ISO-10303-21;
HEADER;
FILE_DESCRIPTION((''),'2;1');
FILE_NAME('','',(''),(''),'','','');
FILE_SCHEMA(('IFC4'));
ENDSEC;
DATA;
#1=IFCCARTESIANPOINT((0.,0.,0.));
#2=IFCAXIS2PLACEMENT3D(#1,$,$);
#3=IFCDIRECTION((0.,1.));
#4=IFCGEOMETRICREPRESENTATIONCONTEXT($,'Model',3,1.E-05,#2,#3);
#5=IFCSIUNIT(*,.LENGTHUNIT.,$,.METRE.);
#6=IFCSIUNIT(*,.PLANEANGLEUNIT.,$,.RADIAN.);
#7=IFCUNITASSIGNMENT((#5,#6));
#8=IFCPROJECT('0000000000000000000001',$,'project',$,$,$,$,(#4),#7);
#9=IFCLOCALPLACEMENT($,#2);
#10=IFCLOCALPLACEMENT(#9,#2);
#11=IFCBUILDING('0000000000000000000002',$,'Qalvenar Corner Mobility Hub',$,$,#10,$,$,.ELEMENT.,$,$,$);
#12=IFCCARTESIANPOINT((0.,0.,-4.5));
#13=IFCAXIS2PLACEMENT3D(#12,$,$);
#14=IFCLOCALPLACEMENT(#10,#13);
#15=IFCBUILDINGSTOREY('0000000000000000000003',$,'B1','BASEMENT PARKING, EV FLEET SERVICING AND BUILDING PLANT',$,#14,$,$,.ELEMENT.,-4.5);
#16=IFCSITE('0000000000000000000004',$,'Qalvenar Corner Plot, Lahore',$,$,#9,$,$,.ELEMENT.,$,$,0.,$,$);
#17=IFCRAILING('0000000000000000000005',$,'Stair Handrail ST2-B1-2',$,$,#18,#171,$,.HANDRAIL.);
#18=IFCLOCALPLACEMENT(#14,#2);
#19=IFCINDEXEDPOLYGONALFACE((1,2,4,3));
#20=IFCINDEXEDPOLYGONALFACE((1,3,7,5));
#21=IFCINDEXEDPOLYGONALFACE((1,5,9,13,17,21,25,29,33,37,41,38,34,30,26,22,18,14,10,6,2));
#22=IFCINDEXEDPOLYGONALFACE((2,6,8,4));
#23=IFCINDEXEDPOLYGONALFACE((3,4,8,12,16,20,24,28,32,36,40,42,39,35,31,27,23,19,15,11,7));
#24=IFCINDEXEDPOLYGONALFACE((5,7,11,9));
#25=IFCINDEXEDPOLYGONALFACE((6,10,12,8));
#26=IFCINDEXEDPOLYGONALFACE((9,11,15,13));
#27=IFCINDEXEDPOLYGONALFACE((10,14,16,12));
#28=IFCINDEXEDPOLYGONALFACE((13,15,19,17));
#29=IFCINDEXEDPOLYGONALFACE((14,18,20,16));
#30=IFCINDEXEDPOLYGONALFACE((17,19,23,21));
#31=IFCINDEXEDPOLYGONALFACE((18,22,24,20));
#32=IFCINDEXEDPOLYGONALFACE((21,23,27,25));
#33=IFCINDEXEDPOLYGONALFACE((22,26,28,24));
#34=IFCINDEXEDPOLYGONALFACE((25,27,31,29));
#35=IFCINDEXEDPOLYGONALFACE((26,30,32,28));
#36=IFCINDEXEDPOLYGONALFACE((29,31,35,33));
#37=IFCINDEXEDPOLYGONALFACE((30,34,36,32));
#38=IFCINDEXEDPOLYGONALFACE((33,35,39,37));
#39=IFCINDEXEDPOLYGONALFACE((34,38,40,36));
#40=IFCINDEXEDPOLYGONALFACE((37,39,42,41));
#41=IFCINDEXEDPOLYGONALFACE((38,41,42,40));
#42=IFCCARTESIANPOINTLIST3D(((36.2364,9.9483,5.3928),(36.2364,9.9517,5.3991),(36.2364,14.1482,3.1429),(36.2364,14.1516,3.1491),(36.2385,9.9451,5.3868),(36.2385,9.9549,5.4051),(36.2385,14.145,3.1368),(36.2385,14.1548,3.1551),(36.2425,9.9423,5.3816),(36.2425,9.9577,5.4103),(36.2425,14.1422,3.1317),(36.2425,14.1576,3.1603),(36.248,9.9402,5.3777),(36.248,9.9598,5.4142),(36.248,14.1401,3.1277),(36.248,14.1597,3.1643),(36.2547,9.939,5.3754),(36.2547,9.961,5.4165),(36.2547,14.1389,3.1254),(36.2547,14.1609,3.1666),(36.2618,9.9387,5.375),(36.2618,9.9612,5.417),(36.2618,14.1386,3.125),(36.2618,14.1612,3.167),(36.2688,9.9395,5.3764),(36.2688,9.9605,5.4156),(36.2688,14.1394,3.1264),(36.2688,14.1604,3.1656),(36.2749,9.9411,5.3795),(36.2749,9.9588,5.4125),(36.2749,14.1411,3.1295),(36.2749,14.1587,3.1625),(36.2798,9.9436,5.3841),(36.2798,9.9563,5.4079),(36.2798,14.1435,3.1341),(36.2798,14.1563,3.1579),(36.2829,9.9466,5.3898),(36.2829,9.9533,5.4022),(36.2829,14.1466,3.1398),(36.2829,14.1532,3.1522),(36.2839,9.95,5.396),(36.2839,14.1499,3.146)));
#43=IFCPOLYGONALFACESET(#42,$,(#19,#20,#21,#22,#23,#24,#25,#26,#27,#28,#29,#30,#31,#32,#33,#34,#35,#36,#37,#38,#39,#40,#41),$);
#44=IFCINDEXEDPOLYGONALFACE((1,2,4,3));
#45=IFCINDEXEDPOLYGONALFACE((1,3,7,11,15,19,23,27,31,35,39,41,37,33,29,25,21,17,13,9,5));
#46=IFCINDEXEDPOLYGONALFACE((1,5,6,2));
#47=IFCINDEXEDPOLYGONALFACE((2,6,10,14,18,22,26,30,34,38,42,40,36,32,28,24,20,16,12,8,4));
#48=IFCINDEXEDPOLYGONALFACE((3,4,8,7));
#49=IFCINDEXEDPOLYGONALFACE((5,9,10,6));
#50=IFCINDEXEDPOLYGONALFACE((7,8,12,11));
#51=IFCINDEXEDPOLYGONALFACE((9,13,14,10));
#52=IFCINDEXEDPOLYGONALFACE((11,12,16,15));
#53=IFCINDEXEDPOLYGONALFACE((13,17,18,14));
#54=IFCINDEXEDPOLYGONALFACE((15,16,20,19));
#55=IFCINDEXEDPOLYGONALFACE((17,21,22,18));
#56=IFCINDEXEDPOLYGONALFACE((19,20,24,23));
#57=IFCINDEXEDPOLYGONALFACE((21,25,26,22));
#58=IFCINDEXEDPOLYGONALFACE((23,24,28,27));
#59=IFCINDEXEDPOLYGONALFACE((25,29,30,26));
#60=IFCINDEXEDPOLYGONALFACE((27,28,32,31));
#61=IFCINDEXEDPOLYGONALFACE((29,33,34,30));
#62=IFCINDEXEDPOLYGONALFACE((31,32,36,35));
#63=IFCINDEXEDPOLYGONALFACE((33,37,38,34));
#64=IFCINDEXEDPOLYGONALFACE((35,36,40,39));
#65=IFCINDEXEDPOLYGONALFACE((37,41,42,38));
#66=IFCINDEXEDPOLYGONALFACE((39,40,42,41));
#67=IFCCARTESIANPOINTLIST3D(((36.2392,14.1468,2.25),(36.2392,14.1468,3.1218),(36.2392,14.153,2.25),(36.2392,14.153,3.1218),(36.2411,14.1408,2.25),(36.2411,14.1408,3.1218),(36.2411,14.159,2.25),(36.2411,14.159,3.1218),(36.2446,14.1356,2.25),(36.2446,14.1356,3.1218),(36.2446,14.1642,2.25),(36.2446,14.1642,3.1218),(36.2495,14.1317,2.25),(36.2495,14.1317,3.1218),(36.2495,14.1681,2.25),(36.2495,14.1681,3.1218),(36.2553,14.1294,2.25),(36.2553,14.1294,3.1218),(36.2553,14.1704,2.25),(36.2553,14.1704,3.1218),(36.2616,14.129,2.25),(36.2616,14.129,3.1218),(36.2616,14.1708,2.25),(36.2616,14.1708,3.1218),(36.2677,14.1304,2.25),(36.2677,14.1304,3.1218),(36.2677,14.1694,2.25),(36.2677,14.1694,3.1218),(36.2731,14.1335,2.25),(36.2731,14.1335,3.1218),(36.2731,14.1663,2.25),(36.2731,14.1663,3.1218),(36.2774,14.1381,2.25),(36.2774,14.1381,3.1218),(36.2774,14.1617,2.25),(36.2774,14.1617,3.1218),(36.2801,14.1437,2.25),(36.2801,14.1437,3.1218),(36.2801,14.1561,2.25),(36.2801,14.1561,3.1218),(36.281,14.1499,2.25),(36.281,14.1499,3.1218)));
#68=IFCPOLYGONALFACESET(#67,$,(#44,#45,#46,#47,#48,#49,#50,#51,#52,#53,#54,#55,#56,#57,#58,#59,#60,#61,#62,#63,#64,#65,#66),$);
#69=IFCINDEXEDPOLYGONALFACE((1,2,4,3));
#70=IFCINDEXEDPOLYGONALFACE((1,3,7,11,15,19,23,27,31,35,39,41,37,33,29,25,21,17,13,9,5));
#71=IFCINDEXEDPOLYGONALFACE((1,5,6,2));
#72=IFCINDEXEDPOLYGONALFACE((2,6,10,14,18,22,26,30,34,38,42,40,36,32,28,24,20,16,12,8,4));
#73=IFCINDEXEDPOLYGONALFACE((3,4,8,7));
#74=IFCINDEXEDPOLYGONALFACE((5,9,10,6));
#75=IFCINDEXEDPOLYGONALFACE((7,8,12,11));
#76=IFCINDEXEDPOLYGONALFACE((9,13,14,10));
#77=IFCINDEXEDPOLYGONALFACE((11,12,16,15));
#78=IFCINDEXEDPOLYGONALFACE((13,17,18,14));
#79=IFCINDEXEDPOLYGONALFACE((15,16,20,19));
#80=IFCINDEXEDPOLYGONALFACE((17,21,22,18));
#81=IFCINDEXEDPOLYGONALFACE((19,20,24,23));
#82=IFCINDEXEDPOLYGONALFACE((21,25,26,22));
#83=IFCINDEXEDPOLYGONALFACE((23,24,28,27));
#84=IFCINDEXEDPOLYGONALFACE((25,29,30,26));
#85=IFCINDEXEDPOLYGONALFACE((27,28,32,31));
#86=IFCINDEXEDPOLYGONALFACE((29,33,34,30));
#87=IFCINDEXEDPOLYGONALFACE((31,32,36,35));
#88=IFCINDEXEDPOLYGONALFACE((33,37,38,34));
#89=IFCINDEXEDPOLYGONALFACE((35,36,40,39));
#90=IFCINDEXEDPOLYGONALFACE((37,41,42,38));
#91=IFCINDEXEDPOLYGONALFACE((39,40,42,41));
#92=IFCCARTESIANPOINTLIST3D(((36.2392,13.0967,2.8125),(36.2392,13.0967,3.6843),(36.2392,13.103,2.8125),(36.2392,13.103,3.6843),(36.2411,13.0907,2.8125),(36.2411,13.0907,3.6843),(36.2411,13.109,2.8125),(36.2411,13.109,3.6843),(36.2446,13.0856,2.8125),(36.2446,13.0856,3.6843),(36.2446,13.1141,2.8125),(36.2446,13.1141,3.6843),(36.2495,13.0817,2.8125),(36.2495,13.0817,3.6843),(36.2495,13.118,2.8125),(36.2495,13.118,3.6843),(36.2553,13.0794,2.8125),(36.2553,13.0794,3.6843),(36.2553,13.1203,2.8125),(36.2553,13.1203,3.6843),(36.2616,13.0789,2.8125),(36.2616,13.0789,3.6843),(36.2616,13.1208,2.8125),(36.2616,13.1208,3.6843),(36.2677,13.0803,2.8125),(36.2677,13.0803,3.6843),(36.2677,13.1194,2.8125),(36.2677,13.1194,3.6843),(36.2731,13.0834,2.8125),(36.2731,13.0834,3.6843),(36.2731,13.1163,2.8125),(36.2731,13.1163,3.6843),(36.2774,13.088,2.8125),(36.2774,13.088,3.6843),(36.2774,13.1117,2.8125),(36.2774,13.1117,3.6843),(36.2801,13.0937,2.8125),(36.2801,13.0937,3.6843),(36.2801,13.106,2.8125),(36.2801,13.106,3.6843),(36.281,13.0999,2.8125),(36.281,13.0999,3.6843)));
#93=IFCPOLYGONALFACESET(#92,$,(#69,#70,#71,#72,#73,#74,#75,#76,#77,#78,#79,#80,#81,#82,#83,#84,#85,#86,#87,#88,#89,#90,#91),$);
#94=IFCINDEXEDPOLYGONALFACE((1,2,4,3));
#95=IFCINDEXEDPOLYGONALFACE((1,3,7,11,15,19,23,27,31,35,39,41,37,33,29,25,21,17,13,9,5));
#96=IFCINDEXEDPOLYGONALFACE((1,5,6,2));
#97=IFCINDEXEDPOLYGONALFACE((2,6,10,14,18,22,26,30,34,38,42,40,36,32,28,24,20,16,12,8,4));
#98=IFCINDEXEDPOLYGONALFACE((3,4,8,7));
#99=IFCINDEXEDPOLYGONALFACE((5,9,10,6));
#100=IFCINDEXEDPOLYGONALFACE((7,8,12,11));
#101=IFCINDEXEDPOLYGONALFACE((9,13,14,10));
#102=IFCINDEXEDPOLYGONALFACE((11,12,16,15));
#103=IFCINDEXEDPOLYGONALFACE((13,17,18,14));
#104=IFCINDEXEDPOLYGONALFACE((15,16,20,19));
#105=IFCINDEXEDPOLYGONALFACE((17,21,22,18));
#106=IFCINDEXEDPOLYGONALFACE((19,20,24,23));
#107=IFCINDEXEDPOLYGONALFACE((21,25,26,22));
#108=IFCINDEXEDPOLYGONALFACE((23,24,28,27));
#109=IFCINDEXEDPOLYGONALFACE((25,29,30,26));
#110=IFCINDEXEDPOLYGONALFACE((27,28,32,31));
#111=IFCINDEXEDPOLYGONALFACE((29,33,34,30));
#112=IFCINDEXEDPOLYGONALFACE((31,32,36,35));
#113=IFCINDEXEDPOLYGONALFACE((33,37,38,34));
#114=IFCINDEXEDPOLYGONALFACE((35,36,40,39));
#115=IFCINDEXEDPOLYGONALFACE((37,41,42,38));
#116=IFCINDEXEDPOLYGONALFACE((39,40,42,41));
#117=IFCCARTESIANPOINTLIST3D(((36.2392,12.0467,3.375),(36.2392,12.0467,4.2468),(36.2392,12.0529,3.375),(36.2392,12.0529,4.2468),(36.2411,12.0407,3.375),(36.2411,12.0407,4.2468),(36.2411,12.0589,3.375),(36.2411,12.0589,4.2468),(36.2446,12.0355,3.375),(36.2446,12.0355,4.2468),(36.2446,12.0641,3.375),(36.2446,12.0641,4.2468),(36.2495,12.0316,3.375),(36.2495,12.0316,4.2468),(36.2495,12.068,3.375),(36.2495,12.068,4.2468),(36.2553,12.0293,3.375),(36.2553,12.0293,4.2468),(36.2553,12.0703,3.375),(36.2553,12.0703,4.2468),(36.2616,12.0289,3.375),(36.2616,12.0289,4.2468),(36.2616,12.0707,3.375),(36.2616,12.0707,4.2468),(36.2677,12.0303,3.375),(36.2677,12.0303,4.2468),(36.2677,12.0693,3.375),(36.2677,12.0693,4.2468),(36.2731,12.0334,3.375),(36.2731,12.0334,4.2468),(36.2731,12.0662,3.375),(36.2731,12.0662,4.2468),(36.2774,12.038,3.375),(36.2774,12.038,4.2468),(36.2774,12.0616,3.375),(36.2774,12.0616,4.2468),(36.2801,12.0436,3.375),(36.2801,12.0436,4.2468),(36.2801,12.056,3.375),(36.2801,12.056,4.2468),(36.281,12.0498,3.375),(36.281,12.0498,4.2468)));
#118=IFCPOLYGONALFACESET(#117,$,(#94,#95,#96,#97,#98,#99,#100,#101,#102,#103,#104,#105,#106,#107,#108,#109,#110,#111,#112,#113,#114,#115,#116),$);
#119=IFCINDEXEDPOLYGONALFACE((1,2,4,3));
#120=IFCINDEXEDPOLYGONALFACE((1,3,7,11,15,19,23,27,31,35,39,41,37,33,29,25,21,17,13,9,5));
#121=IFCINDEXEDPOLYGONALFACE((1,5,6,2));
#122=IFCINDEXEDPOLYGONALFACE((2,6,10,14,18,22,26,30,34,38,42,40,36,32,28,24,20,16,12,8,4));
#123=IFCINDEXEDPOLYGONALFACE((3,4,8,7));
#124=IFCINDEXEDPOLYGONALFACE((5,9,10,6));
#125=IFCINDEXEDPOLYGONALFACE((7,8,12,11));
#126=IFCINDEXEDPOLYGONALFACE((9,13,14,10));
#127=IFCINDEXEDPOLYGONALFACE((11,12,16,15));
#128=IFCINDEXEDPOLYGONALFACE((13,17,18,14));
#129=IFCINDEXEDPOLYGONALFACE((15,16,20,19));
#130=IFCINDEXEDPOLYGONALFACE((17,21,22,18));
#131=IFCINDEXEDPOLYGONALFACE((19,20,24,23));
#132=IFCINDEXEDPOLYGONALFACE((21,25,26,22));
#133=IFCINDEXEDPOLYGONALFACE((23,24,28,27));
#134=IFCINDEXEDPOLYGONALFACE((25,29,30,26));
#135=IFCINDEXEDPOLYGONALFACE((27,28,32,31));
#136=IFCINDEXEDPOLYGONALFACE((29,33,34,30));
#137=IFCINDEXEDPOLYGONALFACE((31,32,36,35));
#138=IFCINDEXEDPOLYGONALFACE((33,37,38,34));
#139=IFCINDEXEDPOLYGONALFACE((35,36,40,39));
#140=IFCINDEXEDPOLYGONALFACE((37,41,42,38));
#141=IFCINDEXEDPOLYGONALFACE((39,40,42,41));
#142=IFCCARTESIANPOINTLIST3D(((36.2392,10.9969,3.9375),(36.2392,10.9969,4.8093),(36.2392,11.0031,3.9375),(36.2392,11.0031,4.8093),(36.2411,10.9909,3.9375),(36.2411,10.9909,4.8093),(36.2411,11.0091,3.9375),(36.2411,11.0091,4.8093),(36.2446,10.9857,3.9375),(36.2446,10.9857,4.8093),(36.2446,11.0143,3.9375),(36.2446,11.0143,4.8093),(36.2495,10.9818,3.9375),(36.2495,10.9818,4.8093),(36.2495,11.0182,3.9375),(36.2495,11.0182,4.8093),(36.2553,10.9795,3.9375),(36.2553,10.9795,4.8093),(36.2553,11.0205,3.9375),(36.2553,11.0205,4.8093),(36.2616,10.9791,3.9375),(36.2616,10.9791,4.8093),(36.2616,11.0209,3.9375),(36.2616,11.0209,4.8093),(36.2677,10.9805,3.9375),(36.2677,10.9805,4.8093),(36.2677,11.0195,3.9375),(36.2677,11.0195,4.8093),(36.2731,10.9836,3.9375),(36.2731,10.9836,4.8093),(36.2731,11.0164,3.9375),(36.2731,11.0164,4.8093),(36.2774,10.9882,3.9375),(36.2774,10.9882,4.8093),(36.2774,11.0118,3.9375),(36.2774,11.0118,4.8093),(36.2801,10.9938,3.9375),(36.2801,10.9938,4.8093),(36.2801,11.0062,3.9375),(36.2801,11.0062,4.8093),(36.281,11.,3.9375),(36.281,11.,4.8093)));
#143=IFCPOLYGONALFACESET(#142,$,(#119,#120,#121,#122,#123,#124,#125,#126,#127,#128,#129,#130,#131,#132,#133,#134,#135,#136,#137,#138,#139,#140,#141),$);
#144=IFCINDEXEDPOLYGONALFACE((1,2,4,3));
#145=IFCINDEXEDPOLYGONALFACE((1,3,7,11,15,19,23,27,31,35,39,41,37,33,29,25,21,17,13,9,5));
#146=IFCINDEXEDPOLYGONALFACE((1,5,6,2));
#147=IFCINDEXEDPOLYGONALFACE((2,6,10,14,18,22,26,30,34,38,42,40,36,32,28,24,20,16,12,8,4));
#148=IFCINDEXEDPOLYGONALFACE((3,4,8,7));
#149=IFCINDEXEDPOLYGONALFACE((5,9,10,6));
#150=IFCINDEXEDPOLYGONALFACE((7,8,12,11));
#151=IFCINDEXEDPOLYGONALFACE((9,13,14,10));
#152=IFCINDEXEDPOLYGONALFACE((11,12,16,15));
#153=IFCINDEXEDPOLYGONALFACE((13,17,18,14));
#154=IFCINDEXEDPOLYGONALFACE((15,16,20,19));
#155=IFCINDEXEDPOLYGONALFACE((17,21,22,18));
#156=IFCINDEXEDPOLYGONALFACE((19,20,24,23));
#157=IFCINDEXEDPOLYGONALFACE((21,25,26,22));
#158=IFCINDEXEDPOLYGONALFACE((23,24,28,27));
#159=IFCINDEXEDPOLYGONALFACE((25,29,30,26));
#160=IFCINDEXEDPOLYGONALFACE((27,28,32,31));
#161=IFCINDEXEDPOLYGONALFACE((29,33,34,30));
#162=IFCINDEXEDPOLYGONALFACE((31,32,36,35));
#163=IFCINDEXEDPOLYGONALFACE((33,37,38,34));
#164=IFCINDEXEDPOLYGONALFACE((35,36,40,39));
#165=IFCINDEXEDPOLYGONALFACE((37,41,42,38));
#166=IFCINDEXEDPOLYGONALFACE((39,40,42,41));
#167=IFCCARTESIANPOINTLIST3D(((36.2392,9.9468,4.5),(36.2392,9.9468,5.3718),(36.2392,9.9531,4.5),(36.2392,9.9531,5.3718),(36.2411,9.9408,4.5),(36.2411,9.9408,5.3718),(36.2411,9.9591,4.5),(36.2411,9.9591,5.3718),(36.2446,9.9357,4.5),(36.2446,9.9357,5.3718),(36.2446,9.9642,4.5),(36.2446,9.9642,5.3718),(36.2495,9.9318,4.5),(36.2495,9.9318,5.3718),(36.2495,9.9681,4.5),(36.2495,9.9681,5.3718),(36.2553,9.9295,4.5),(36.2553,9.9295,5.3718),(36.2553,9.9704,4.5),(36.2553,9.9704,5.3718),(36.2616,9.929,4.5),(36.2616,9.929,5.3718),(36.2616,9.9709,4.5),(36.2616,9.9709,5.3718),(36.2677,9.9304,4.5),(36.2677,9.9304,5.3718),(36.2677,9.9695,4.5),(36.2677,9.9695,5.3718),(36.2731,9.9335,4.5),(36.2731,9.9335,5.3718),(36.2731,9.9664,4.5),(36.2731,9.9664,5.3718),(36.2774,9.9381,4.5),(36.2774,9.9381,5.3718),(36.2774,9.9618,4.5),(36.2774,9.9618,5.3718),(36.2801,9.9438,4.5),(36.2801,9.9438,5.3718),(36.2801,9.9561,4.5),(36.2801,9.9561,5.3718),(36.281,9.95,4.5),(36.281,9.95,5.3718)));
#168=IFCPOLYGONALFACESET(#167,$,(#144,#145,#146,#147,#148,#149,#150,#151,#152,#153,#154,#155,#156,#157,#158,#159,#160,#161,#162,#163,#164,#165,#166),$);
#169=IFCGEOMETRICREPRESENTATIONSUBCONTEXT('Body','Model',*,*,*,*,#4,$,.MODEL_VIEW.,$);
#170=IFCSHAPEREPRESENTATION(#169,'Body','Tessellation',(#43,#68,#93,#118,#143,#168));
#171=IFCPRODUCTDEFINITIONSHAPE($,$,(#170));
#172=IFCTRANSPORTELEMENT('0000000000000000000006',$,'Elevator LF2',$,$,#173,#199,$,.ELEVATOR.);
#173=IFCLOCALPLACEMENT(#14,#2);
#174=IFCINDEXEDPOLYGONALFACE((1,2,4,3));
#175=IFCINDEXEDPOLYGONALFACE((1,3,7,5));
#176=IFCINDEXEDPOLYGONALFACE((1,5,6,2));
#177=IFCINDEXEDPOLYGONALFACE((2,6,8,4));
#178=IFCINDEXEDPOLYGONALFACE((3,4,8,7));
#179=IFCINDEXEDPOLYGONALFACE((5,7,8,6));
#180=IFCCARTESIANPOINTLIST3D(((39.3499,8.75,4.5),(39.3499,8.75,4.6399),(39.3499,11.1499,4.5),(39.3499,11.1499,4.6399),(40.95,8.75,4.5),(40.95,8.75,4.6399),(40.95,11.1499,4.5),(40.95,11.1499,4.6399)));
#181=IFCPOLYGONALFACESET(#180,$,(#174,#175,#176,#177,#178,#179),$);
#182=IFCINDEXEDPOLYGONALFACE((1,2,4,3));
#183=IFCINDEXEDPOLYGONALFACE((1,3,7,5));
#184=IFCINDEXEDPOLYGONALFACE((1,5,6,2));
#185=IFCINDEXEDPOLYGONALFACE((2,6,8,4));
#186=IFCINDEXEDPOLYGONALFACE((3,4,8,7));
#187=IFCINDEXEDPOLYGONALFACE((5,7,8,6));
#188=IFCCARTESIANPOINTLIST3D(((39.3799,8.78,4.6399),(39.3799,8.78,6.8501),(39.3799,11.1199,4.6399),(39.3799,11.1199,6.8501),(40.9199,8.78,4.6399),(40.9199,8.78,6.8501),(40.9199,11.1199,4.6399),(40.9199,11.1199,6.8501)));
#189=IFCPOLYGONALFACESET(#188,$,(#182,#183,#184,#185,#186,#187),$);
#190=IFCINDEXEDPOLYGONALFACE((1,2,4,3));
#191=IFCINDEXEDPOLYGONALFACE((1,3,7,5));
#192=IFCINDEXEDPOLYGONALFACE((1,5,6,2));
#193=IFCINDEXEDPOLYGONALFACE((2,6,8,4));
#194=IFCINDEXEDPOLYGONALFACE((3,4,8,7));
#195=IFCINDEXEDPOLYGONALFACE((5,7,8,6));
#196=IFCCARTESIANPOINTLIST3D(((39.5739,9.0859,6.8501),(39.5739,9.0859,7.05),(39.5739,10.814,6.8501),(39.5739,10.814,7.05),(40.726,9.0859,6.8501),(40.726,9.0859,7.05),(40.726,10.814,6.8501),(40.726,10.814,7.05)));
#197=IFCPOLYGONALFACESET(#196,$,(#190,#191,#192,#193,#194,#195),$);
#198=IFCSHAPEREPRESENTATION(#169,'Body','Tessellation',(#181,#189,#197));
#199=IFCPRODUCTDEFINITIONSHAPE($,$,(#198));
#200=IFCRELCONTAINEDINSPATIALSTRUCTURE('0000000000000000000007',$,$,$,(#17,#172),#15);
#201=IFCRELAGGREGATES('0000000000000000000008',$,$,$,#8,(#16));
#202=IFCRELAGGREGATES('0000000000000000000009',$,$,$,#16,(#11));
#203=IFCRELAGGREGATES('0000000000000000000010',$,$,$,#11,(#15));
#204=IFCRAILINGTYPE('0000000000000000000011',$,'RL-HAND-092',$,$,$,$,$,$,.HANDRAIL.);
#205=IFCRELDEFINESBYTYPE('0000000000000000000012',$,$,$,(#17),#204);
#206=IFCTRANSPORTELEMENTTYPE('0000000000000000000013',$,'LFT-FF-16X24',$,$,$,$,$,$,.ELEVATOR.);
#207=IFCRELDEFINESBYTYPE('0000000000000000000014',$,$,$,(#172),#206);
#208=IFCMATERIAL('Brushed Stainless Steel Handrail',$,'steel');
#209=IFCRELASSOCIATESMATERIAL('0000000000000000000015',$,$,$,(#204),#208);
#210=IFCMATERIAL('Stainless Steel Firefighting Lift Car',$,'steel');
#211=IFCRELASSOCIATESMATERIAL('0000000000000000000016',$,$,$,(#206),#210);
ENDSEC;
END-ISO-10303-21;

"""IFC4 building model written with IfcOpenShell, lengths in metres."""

from ifc_helpers import new_model, si_unit, direction, frame, origin, origin_2d, place, context, subcontext, project, spatial, rectangle, circle, extrude, material, type_object, element, save


model = new_model("IFC4")

# Units and contexts
model_context = context("Model", 3, precision=1e-05, world=origin(), true_north=direction((0.0, 1.0)))
body_context = subcontext(model_context, "Body", "Model", "MODEL_VIEW")
ifc_project = project(units=[si_unit("LENGTHUNIT", "METRE"), si_unit("PLANEANGLEUNIT", "RADIAN")], contexts=[model_context])

# Site, building, storey
site_placement = place(None, origin())
site = spatial("IfcSite", under=ifc_project, at=site_placement, Name="Qalvenar Corner Plot, Lahore", CompositionType="ELEMENT", RefElevation=0.0)
building_placement = place(site_placement, origin())
building = spatial("IfcBuilding", under=site, at=building_placement, Name="Qalvenar Corner Mobility Hub", CompositionType="ELEMENT")
storey_placement = place(building_placement, frame((0.0, 0.0, -4.5)))
storey = spatial("IfcBuildingStorey", under=building, at=storey_placement, Name="B1", Description="BASEMENT PARKING, EV FLEET SERVICING AND BUILDING PLANT", CompositionType="ELEMENT", Elevation=-4.5)

# Railing
ifc_material_1 = material(Name="Brushed Stainless Steel Handrail", Category="steel")
railing_type_1 = type_object("IfcRailingType", Name="RL-HAND-092", PredefinedType="HANDRAIL", material=ifc_material_1)
railing_1_placement = place(storey_placement, frame((36.26, 14.1499, 2.25)))
element("IfcRailing", 1, at=railing_1_placement, inside=storey, type_object=railing_type_1, Name="Stair Handrail ST2-B1-2", PredefinedType="HANDRAIL", context=body_context, shape_type="SweptSolid", body=[
    extrude(circle(Radius=0.0239, at=origin_2d()), frame((0.0, 0.0, 0.896), z_axis=(0.0, -0.881478, 0.472226), x_axis=(1.0, 0.0, 0.0)), (0.0, 0.0, 1.0), 4.7646),
    extrude(circle(Radius=0.021, at=origin_2d()), origin(), (0.0, 0.0, 1.0), 0.8718),
    extrude(circle(Radius=0.021, at=origin_2d()), frame((0.0, -1.05, 0.5625)), (0.0, 0.0, 1.0), 0.8718),
    extrude(circle(Radius=0.021, at=origin_2d()), frame((0.0, -2.1001, 1.125)), (0.0, 0.0, 1.0), 0.8718),
    extrude(circle(Radius=0.021, at=origin_2d()), frame((0.0, -3.1499, 1.6875)), (0.0, 0.0, 1.0), 0.8718),
    extrude(circle(Radius=0.021, at=origin_2d()), frame((0.0, -4.2, 2.25)), (0.0, 0.0, 1.0), 0.8718),
])

# Transport element
ifc_material_2 = material(Name="Stainless Steel Firefighting Lift Car", Category="steel")
transport_element_type = type_object("IfcTransportElementType", Name="LFT-FF-16X24", PredefinedType="ELEVATOR", material=ifc_material_2)
transport_element_placement = place(storey_placement, frame((40.1499, 9.95, 4.5)))
element("IfcTransportElement", 2, at=transport_element_placement, inside=storey, type_object=transport_element_type, Name="Elevator LF2", PredefinedType="ELEVATOR", context=body_context, shape_type="SweptSolid", body=[
    extrude(rectangle(XDim=1.6001, YDim=2.3999, at=origin_2d()), origin(), (0.0, 0.0, 1.0), 0.1399),
    extrude(rectangle(XDim=1.54, YDim=2.3398, at=origin_2d()), frame((0.0, 0.0, 0.1399)), (0.0, 0.0, 1.0), 2.2102),
    extrude(rectangle(XDim=1.1521, YDim=1.728, at=origin_2d()), frame((0.0, 0.0, 2.3501)), (0.0, 0.0, 1.0), 0.2),
])

save(model, "model.ifc")
